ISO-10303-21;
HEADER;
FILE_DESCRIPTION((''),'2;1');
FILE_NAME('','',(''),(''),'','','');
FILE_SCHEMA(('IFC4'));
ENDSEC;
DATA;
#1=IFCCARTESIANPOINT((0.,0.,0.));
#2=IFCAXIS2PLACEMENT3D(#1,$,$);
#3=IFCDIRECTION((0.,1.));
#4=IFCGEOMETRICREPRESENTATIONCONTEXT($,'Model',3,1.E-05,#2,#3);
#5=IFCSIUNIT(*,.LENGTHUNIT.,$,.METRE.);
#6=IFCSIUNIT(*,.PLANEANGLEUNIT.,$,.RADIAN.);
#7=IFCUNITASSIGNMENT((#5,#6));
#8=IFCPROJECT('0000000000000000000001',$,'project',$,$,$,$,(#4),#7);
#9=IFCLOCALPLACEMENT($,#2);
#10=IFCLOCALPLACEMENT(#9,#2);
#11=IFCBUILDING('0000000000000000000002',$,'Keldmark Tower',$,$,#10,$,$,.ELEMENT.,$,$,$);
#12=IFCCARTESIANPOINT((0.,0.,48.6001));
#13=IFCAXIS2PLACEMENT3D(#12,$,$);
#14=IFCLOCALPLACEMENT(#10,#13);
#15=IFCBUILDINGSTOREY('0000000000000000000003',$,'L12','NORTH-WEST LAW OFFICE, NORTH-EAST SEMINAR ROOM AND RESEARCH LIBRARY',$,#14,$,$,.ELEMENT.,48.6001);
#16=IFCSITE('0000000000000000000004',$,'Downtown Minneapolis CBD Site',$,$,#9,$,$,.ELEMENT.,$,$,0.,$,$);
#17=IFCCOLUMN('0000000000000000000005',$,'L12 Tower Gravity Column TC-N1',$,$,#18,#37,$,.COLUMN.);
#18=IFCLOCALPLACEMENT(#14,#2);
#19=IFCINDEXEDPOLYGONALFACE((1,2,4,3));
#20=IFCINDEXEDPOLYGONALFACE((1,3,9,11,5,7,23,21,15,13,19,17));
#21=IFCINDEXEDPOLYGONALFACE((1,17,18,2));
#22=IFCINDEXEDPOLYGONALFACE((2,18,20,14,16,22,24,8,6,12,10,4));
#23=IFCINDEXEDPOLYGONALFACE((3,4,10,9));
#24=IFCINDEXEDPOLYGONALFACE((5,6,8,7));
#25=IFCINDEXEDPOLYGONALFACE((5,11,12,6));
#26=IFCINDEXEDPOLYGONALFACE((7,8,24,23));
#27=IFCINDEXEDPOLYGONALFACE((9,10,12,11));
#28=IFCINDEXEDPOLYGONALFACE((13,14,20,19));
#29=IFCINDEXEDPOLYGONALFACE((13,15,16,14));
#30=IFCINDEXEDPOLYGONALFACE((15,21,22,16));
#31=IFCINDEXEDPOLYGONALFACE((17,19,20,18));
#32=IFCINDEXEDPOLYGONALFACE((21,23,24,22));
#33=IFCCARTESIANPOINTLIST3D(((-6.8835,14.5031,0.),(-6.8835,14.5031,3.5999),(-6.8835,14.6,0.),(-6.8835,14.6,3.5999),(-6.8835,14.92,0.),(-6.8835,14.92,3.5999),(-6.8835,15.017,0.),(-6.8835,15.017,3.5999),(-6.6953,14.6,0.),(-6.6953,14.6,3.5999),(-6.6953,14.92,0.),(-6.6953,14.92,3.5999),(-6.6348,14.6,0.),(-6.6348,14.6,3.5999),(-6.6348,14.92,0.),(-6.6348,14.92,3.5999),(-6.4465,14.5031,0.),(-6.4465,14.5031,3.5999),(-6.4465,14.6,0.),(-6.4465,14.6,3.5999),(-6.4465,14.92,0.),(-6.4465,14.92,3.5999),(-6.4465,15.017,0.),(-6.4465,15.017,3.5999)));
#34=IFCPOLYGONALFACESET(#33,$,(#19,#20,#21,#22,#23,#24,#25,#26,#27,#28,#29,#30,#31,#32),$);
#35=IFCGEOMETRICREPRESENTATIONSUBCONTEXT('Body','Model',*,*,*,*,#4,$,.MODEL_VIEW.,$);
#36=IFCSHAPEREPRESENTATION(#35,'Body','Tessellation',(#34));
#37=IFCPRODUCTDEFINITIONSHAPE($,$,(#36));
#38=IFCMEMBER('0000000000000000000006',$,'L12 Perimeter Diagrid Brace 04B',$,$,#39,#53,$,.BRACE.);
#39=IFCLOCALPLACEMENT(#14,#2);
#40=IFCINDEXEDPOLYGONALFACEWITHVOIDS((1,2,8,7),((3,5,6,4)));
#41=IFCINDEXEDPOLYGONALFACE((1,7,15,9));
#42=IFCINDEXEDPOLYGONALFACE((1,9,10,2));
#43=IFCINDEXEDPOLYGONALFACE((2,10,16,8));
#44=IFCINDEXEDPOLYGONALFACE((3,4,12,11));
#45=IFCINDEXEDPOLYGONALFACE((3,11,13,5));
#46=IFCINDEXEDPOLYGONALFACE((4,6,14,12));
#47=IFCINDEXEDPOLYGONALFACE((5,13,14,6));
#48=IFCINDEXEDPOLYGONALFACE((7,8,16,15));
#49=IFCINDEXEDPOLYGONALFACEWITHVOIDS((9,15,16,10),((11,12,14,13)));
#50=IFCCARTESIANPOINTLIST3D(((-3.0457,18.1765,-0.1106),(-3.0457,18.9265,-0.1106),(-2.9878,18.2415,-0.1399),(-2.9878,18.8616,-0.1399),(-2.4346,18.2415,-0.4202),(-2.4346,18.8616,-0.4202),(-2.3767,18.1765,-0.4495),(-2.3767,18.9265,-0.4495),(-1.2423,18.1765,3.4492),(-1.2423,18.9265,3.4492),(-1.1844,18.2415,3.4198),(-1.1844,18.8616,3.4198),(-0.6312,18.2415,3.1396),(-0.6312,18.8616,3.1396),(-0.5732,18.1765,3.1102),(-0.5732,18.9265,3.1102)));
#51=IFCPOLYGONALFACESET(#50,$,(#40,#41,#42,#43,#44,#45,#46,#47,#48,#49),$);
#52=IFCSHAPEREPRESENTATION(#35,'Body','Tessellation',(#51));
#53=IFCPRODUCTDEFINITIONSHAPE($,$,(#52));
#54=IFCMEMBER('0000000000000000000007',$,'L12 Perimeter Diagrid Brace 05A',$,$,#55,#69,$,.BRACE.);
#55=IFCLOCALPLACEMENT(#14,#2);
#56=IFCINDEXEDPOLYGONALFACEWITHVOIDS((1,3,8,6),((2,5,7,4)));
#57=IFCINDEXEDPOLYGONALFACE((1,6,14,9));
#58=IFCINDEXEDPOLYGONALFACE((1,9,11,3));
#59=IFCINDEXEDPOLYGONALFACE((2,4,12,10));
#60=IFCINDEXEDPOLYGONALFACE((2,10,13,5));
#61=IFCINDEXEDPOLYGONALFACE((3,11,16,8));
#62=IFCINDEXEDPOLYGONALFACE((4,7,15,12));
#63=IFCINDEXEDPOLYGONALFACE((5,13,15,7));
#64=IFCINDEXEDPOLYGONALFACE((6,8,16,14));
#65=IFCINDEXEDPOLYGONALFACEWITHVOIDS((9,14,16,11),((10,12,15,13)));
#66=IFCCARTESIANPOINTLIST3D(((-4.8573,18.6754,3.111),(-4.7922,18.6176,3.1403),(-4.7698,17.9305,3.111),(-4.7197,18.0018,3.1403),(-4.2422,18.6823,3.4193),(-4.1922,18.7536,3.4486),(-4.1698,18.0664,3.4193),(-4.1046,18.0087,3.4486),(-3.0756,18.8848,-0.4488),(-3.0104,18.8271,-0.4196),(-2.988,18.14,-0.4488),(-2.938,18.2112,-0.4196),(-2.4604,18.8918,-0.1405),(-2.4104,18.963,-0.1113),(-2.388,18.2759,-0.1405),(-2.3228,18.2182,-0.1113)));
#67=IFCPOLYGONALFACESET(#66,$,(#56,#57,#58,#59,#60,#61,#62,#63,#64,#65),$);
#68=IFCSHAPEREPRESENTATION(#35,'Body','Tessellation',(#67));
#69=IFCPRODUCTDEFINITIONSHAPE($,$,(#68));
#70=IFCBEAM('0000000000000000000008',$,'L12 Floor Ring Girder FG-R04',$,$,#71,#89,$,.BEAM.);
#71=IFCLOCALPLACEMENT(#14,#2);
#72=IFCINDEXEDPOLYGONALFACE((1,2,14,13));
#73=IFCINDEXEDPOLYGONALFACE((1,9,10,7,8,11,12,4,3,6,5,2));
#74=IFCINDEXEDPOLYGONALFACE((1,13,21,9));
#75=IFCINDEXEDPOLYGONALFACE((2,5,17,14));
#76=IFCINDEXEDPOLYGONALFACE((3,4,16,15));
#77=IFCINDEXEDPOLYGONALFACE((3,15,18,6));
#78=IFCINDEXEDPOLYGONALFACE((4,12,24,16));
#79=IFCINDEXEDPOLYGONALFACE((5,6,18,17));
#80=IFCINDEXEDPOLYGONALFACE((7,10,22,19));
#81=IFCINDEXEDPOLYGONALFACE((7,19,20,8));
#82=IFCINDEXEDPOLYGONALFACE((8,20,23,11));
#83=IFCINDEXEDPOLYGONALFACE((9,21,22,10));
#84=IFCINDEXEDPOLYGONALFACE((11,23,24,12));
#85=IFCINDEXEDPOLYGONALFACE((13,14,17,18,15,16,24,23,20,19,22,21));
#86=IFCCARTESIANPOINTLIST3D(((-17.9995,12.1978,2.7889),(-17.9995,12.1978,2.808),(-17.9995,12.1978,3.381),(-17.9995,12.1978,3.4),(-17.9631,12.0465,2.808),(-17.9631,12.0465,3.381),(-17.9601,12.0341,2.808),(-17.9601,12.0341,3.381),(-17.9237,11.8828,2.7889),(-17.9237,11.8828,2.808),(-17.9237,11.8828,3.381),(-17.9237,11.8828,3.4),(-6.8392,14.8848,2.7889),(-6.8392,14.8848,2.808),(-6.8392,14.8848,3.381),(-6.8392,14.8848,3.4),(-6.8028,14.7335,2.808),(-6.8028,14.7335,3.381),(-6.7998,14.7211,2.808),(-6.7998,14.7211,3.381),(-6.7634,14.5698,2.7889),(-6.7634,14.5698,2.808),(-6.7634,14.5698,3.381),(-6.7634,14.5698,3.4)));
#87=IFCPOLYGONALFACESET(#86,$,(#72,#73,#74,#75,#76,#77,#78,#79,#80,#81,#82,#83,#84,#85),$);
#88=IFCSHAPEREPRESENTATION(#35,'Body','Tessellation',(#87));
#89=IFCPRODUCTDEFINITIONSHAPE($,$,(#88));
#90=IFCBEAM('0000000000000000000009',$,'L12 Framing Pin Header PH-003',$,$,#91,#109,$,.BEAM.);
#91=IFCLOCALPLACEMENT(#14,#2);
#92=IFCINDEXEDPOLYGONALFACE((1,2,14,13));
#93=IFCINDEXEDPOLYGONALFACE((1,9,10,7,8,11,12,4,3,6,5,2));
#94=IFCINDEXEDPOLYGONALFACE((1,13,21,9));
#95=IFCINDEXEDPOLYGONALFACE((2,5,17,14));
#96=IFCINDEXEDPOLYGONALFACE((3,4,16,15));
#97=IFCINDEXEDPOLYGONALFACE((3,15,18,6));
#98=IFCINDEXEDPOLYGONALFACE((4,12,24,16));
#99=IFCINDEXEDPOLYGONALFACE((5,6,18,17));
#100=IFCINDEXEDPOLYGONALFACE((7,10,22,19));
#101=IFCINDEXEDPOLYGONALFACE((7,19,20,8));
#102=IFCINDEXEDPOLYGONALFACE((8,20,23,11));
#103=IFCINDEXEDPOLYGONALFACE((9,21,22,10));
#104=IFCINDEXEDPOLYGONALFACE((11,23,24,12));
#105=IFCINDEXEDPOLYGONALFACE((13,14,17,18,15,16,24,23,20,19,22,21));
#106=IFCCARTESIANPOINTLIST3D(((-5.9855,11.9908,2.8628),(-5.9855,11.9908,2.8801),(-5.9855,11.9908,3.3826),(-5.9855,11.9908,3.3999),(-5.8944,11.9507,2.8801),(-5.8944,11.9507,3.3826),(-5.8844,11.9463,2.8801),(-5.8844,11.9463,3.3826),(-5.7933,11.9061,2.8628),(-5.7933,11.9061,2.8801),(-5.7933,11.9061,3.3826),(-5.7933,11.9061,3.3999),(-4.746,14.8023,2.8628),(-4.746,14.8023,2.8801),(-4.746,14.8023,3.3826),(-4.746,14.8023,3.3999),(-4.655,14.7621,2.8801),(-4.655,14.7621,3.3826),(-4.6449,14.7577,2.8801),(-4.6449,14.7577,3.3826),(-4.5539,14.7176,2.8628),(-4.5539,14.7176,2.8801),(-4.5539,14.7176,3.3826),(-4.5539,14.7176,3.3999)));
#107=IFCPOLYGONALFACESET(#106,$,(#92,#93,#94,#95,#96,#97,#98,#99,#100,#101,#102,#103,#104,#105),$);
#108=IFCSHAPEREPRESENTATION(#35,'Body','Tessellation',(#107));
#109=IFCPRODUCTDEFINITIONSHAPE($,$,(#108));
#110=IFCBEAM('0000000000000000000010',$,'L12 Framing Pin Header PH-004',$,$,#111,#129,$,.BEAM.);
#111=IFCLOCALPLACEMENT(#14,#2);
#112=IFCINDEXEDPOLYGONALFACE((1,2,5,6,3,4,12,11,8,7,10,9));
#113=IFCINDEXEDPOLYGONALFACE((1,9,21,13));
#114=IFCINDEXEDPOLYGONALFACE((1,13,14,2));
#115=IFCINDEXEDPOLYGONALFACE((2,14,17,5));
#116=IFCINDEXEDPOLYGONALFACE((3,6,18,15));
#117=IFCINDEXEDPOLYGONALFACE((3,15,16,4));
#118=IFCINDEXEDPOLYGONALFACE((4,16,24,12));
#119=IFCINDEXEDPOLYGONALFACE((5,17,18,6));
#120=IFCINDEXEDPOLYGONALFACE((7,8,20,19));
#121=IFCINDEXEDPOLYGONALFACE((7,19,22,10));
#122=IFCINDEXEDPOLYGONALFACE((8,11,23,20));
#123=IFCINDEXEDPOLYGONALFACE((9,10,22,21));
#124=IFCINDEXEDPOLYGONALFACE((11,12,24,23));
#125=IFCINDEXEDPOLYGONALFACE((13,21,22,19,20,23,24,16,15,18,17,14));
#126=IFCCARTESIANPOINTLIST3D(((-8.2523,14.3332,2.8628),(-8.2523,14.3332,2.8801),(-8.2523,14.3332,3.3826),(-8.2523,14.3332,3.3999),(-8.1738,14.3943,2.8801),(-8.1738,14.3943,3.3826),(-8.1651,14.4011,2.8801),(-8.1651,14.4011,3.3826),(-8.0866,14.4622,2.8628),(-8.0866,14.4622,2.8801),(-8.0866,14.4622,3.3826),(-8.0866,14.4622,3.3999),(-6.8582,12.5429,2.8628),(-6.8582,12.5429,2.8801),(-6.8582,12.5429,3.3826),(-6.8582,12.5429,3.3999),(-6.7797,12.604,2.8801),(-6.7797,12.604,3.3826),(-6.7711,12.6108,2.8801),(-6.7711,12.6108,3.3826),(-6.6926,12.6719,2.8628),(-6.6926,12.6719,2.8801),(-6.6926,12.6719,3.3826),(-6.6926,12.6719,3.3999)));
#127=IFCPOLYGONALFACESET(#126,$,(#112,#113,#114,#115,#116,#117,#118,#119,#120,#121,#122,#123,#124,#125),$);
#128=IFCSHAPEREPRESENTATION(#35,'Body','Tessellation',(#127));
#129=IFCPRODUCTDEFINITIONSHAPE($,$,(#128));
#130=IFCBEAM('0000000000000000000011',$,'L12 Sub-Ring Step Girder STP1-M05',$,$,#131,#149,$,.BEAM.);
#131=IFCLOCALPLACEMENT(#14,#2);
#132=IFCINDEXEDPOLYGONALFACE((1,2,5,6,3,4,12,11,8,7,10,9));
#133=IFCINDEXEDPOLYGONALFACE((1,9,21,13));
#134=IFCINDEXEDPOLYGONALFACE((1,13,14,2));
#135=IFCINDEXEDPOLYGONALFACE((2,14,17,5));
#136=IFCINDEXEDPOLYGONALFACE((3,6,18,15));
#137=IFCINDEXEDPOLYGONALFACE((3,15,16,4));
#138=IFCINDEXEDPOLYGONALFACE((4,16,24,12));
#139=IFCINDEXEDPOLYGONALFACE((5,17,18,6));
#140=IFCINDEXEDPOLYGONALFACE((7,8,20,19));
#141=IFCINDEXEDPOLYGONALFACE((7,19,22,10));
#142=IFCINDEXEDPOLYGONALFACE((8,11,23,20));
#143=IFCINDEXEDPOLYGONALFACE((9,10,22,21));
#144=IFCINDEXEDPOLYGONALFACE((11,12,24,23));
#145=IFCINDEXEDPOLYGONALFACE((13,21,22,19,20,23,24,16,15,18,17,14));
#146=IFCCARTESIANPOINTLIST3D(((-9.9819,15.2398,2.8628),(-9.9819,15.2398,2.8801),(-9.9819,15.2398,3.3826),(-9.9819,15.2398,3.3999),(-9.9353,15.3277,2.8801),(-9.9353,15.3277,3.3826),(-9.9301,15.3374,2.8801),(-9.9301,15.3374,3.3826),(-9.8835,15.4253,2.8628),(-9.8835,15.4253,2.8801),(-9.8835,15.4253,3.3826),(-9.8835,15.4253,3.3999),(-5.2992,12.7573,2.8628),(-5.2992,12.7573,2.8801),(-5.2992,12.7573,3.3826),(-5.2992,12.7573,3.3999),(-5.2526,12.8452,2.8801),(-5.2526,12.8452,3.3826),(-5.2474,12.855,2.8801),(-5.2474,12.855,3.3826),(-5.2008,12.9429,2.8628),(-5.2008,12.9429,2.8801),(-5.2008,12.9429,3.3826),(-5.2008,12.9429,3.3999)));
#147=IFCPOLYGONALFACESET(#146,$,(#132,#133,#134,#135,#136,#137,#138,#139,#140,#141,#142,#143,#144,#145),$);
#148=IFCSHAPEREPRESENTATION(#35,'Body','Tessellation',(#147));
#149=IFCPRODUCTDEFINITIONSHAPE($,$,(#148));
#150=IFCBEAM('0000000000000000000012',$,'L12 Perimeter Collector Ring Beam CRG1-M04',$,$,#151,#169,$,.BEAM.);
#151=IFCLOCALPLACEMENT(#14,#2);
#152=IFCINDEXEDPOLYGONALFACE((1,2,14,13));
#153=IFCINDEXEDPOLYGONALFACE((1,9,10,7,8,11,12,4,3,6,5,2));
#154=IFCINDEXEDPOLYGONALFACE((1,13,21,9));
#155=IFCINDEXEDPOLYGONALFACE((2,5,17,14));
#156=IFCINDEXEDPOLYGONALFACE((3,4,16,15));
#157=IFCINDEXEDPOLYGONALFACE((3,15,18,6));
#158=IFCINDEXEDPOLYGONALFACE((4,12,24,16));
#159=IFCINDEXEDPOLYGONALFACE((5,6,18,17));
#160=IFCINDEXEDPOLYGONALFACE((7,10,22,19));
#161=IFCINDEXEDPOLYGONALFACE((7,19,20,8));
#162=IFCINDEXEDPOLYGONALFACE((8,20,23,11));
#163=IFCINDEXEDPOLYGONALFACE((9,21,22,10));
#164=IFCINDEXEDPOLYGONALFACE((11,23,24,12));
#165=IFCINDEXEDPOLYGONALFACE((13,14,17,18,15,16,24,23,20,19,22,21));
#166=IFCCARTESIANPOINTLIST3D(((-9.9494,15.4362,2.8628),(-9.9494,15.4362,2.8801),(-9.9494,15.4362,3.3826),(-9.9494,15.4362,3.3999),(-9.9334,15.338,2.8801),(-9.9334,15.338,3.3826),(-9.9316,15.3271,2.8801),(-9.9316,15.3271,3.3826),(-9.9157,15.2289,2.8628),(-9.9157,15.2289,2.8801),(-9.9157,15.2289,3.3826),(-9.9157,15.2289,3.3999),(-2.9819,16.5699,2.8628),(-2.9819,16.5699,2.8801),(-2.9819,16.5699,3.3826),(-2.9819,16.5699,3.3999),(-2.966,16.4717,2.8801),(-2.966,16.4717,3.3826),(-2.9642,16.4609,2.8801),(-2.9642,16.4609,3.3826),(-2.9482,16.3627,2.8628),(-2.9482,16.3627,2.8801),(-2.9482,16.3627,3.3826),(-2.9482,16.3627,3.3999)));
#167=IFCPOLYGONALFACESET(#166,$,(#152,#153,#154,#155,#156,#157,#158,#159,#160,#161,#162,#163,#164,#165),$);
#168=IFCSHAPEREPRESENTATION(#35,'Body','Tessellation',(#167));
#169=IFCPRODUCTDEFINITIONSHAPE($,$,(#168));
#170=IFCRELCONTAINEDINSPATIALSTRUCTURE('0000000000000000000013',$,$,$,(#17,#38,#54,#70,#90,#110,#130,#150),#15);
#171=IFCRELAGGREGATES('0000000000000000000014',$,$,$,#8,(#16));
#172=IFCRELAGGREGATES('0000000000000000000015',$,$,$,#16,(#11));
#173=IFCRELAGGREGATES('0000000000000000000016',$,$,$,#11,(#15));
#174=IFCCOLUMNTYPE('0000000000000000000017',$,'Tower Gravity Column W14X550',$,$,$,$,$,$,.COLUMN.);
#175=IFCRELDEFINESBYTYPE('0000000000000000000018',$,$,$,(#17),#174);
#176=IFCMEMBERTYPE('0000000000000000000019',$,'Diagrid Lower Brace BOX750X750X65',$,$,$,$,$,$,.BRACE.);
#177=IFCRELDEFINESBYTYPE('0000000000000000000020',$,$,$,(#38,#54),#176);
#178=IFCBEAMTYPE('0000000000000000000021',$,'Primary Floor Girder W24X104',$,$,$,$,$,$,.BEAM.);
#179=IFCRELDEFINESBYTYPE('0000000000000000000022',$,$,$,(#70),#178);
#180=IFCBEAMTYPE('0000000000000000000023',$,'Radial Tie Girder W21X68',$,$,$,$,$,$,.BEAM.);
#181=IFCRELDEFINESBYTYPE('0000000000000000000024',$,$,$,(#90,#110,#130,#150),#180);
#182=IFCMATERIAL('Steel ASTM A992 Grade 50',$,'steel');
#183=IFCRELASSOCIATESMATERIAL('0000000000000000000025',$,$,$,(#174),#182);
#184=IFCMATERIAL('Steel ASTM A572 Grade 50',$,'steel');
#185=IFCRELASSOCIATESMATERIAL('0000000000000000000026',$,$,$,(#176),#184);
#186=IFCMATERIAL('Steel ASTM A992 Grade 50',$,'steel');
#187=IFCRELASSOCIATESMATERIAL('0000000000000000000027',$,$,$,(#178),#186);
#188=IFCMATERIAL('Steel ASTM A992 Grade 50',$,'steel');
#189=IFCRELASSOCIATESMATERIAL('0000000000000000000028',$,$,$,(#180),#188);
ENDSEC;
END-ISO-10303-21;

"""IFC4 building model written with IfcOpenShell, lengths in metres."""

from ifc_helpers import new_model, si_unit, direction, frame, origin, origin_2d, place, context, subcontext, project, spatial, hollow_rectangle, i_section, extrude, material, material_profile, profile_set, type_object, element, save


model = new_model("IFC4")

# Units and contexts
model_context = context("Model", 3, precision=1e-05, world=origin(), true_north=direction((0.0, 1.0)))
body_context = subcontext(model_context, "Body", "Model", "MODEL_VIEW")
ifc_project = project(units=[si_unit("LENGTHUNIT", "METRE"), si_unit("PLANEANGLEUNIT", "RADIAN")], contexts=[model_context])

# Site, building, storey
site_placement = place(None, origin())
site = spatial("IfcSite", under=ifc_project, at=site_placement, Name="Downtown Minneapolis CBD Site", CompositionType="ELEMENT", RefElevation=0.0)
building_placement = place(site_placement, origin())
building = spatial("IfcBuilding", under=site, at=building_placement, Name="Keldmark Tower", CompositionType="ELEMENT")
storey_placement = place(building_placement, frame((0.0, 0.0, 48.6001)))
storey = spatial("IfcBuildingStorey", under=building, at=storey_placement, Name="L12", Description="NORTH-WEST LAW OFFICE, NORTH-EAST SEMINAR ROOM AND RESEARCH LIBRARY", CompositionType="ELEMENT", Elevation=48.6001)

# Column
ifc_material_1 = material(Name="Steel ASTM A992 Grade 50", Category="steel")
ifc_material_profile_1 = material_profile(ifc_material_1, i_section(OverallWidth=0.437, OverallDepth=0.5139, WebThickness=0.0605, FlangeThickness=0.0969, at=origin_2d()), Name="W14X550")
ifc_profile_set_1 = profile_set([ifc_material_profile_1], Name="Steel ASTM A992 Grade 50")
column_type = type_object("IfcColumnType", Name="Tower Gravity Column W14X550", PredefinedType="COLUMN", material=ifc_profile_set_1)
column_placement = place(storey_placement, frame((-6.665, 14.76, 0.0), z_axis=(0.0, 0.0, 1.0), x_axis=(1.0, 0.0, 0.0)))
element("IfcColumn", 1, at=column_placement, inside=storey, type_object=column_type, Name="L12 Tower Gravity Column TC-N1", PredefinedType="COLUMN", context=body_context, shape_type="SweptSolid", body=[
    extrude(i_section(OverallWidth=0.437, OverallDepth=0.5139, WebThickness=0.0605, FlangeThickness=0.0969, at=origin_2d()), origin(), (0.0, 0.0, 1.0), 3.5999),
])

# Members
ifc_material_2 = material(Name="Steel ASTM A572 Grade 50", Category="steel")
ifc_material_profile_2 = material_profile(ifc_material_2, hollow_rectangle(XDim=0.75, YDim=0.75, WallThickness=0.0649, at=origin_2d()), Name="BOX750X750X65")
ifc_profile_set_2 = profile_set([ifc_material_profile_2], Name="Steel ASTM A572 Grade 50")
member_type = type_object("IfcMemberType", Name="Diagrid Lower Brace BOX750X750X65", PredefinedType="BRACE", material=ifc_profile_set_2)
member_1_placement = place(storey_placement, frame((-2.7112, 18.5515, -0.28), z_axis=(0.45193, 0.0, 0.892053), x_axis=(0.0, 1.0, 0.0)))
element("IfcMember", 2, at=member_1_placement, inside=storey, type_object=member_type, Name="L12 Perimeter Diagrid Brace 04B", PredefinedType="BRACE", context=body_context, shape_type="SweptSolid", body=[
    extrude(hollow_rectangle(XDim=0.75, YDim=0.75, WallThickness=0.0649, at=origin_2d()), origin(), (0.0, 0.0, 1.0), 3.9905),
])
member_2_placement = place(storey_placement, frame((-2.6992, 18.5515, -0.28), z_axis=(-0.446963, -0.052548, 0.893008), x_axis=(0.116762, -0.99316, 0.0)))
element("IfcMember", 3, at=member_2_placement, inside=storey, type_object=member_type, Name="L12 Perimeter Diagrid Brace 05A", PredefinedType="BRACE", context=body_context, shape_type="SweptSolid", body=[
    extrude(hollow_rectangle(XDim=0.75, YDim=0.75, WallThickness=0.0649, at=origin_2d()), origin(), (0.0, 0.0, 1.0), 3.9863),
])

# Beams
ifc_material_3 = material(Name="Steel ASTM A992 Grade 50", Category="steel")
ifc_material_profile_3 = material_profile(ifc_material_3, i_section(OverallWidth=0.324, OverallDepth=0.6111, WebThickness=0.0127, FlangeThickness=0.019, at=origin_2d()), Name="W24X104")
ifc_profile_set_3 = profile_set([ifc_material_profile_3], Name="Steel ASTM A992 Grade 50")
beam_type_1 = type_object("IfcBeamType", Name="Primary Floor Girder W24X104", PredefinedType="BEAM", material=ifc_profile_set_3)
beam_1_placement = place(storey_placement, frame((-6.8013, 14.7273, 3.0945), z_axis=(-0.972219, -0.234074, 0.0), x_axis=(0.234074, -0.972219, 0.0)))
element("IfcBeam", 4, at=beam_1_placement, inside=storey, type_object=beam_type_1, Name="L12 Floor Ring Girder FG-R04", PredefinedType="BEAM", context=body_context, shape_type="SweptSolid", body=[
    extrude(i_section(OverallWidth=0.324, OverallDepth=0.6111, WebThickness=0.0127, FlangeThickness=0.019, at=origin_2d()), origin(), (0.0, 0.0, 1.0), 11.4792),
])
ifc_material_4 = material(Name="Steel ASTM A992 Grade 50", Category="steel")
ifc_material_profile_4 = material_profile(ifc_material_4, i_section(OverallWidth=0.21, OverallDepth=0.5371, WebThickness=0.011, FlangeThickness=0.0173, at=origin_2d()), Name="W21X68")
ifc_profile_set_4 = profile_set([ifc_material_profile_4], Name="Steel ASTM A992 Grade 50")
beam_type_2 = type_object("IfcBeamType", Name="Radial Tie Girder W21X68", PredefinedType="BEAM", material=ifc_profile_set_4)
beam_2_placement = place(storey_placement, frame((-5.8894, 11.9485, 3.1313), z_axis=(0.403402, 0.915023, 0.0), x_axis=(-0.915023, 0.403402, 0.0)))
element("IfcBeam", 5, at=beam_2_placement, inside=storey, type_object=beam_type_2, Name="L12 Framing Pin Header PH-003", PredefinedType="BEAM", context=body_context, shape_type="SweptSolid", body=[
    extrude(i_section(OverallWidth=0.21, OverallDepth=0.5371, WebThickness=0.011, FlangeThickness=0.0173, at=origin_2d()), origin(), (0.0, 0.0, 1.0), 3.0725),
])
beam_3_placement = place(storey_placement, frame((-6.7754, 12.6074, 3.1313), z_axis=(-0.61438, 0.78901, 0.0), x_axis=(-0.78901, -0.61438, 0.0)))
element("IfcBeam", 6, at=beam_3_placement, inside=storey, type_object=beam_type_2, Name="L12 Framing Pin Header PH-004", PredefinedType="BEAM", context=body_context, shape_type="SweptSolid", body=[
    extrude(i_section(OverallWidth=0.21, OverallDepth=0.5371, WebThickness=0.011, FlangeThickness=0.0173, at=origin_2d()), origin(), (0.0, 0.0, 1.0), 2.269),
])
beam_4_placement = place(storey_placement, frame((-5.25, 12.8501, 3.1313), z_axis=(-0.883523, 0.468387, 0.0), x_axis=(-0.468387, -0.883523, 0.0)))
element("IfcBeam", 7, at=beam_4_placement, inside=storey, type_object=beam_type_2, Name="L12 Sub-Ring Step Girder STP1-M05", PredefinedType="BEAM", context=body_context, shape_type="SweptSolid", body=[
    extrude(i_section(OverallWidth=0.21, OverallDepth=0.5371, WebThickness=0.011, FlangeThickness=0.0173, at=origin_2d()), origin(), (0.0, 0.0, 1.0), 5.3),
])
beam_5_placement = place(storey_placement, frame((-2.9651, 16.4663, 3.1313), z_axis=(-0.987018, -0.160612, 0.0), x_axis=(0.160612, -0.987018, 0.0)))
element("IfcBeam", 8, at=beam_5_placement, inside=storey, type_object=beam_type_2, Name="L12 Perimeter Collector Ring Beam CRG1-M04", PredefinedType="BEAM", context=body_context, shape_type="SweptSolid", body=[
    extrude(i_section(OverallWidth=0.21, OverallDepth=0.5371, WebThickness=0.011, FlangeThickness=0.0173, at=origin_2d()), origin(), (0.0, 0.0, 1.0), 7.0591),
])

save(model, "model.ifc")
